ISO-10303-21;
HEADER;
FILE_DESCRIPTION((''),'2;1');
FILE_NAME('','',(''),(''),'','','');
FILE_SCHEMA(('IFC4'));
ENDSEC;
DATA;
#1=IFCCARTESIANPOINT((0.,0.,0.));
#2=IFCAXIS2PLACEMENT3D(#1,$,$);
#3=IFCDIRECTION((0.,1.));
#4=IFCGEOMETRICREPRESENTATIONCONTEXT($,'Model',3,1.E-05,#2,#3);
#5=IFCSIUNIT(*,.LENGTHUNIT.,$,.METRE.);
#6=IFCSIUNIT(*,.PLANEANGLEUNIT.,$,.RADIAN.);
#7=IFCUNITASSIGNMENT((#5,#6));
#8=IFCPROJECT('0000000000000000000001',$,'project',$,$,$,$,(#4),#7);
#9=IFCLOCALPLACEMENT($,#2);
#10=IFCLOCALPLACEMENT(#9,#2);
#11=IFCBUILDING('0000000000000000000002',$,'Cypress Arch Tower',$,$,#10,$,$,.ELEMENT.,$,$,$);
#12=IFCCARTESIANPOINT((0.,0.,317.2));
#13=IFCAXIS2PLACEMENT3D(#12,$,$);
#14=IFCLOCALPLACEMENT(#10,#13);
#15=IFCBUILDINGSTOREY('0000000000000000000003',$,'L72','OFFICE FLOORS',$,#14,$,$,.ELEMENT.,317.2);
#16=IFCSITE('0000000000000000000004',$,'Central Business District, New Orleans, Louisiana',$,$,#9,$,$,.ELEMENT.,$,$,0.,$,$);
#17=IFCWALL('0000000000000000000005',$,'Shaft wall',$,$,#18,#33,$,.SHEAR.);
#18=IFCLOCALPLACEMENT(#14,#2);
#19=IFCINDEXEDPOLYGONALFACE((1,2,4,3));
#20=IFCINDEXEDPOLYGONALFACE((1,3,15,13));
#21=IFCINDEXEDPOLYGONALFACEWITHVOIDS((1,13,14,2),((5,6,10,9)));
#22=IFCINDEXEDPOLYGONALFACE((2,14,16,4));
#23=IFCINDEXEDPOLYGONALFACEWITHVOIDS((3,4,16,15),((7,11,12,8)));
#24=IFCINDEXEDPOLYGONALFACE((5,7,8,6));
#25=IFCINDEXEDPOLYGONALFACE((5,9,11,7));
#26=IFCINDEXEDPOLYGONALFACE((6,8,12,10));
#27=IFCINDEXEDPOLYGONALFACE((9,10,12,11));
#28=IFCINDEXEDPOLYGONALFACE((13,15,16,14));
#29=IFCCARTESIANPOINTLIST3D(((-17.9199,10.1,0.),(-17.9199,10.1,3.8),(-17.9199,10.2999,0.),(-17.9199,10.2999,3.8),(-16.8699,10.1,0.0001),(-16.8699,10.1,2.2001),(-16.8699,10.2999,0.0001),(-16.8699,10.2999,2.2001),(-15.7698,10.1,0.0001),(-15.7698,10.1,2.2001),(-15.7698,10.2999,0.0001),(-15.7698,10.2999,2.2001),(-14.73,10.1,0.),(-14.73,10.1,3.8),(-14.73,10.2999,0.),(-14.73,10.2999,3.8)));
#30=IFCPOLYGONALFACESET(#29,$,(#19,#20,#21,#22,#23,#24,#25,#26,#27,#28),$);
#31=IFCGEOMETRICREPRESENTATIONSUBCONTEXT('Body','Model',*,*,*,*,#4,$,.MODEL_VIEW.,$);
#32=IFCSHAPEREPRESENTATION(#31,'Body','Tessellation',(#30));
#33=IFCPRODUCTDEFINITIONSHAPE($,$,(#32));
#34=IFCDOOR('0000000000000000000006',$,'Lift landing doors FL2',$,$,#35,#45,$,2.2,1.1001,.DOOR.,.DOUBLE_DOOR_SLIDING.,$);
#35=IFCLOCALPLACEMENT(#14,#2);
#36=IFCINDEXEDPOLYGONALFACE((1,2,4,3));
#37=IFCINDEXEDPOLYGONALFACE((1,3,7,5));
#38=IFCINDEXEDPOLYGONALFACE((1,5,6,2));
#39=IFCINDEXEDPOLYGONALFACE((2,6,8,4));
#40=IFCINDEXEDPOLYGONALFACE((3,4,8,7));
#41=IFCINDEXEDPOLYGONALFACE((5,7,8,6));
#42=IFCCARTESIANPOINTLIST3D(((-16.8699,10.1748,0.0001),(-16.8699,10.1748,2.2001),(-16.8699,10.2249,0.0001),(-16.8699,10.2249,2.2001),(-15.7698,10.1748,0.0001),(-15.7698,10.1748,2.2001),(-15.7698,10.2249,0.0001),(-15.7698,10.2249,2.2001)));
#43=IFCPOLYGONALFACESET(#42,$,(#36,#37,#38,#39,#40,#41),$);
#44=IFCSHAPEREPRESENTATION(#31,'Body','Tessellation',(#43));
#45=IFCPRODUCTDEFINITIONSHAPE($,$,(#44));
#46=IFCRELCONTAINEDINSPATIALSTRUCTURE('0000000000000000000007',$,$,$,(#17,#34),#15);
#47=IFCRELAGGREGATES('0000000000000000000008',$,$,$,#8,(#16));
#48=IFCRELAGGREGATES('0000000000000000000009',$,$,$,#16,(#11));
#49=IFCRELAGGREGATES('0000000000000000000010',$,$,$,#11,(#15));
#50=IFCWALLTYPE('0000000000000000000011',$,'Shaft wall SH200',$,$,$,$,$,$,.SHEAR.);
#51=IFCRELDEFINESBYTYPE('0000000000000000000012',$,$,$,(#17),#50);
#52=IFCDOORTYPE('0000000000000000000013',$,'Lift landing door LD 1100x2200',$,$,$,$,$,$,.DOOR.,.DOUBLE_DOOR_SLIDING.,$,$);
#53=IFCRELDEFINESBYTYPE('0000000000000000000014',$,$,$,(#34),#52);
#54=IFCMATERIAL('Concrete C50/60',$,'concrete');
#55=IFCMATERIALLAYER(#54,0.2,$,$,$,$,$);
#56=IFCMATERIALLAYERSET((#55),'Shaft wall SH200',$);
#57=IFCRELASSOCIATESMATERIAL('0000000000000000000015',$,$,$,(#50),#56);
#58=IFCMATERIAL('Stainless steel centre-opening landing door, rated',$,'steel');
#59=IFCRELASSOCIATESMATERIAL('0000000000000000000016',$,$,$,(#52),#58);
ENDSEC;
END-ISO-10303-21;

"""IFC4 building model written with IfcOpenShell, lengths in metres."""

from ifc_helpers import new_model, si_unit, direction, frame, frame_2d, origin, place, context, subcontext, project, spatial, rectangle, extrude, material, layer, layer_set, type_object, element, fill, save


model = new_model("IFC4")

# Units and contexts
model_context = context("Model", 3, precision=1e-05, world=origin(), true_north=direction((0.0, 1.0)))
body_context = subcontext(model_context, "Body", "Model", "MODEL_VIEW")
ifc_project = project(units=[si_unit("LENGTHUNIT", "METRE"), si_unit("PLANEANGLEUNIT", "RADIAN")], contexts=[model_context])

# Site, building, storey
site_placement = place(None, origin())
site = spatial("IfcSite", under=ifc_project, at=site_placement, Name="Central Business District, New Orleans, Louisiana", CompositionType="ELEMENT", RefElevation=0.0)
building_placement = place(site_placement, origin())
building = spatial("IfcBuilding", under=site, at=building_placement, Name="Cypress Arch Tower", CompositionType="ELEMENT")
storey_placement = place(building_placement, frame((0.0, 0.0, 317.2)))
storey = spatial("IfcBuildingStorey", under=building, at=storey_placement, Name="L72", Description="OFFICE FLOORS", CompositionType="ELEMENT", Elevation=317.2)

# Wall, opening, door
ifc_material_1 = material(Name="Concrete C50/60", Category="concrete")
ifc_layer_1 = layer(ifc_material_1, 0.2)
ifc_layer_set_1 = layer_set([ifc_layer_1], Name="Shaft wall SH200")
wall_type_1 = type_object("IfcWallType", Name="Shaft wall SH200", PredefinedType="SHEAR", material=ifc_layer_set_1)
wall_1_placement = place(storey_placement, frame((-17.9199, 10.2, 0.0), z_axis=(0.0, 0.0, 1.0), x_axis=(1.0, 0.0, 0.0)))
wall_1 = element("IfcWall", 1, at=wall_1_placement, inside=storey, type_object=wall_type_1, Name="Shaft wall", PredefinedType="SHEAR", context=body_context, shape_type="SweptSolid", body=[
    extrude(rectangle(XDim=3.1899, YDim=0.2, at=frame_2d((1.595, 0.0))), origin(), (0.0, 0.0, 1.0), 3.8),
])
opening_1_placement = place(wall_1_placement, frame((1.05, 0.0, 0.0)))
opening_1 = element("IfcOpeningElement", 2, at=opening_1_placement, cuts=wall_1, PredefinedType="OPENING", context=body_context, shape_type="SweptSolid", body=[
    extrude(rectangle(XDim=1.1001, YDim=2.2, at=frame_2d((0.55, 1.1001))), frame((0.0, 0.1099, 0.0), z_axis=(0.0, -1.0, 0.0), x_axis=(1.0, 0.0, 0.0)), (0.0, 0.0, 1.0), 0.22),
])
ifc_material_2 = material(Name="Stainless steel centre-opening landing door, rated", Category="steel")
door_type = type_object("IfcDoorType", Name="Lift landing door LD 1100x2200", OperationType="DOUBLE_DOOR_SLIDING", PredefinedType="DOOR", material=ifc_material_2)
door_placement = place(opening_1_placement, origin())
door = element("IfcDoor", 3, at=door_placement, inside=storey, type_object=door_type, Name="Lift landing doors FL2", OperationType="DOUBLE_DOOR_SLIDING", OverallHeight=2.2, OverallWidth=1.1001, PredefinedType="DOOR", context=body_context, shape_type="SweptSolid", body=[
    extrude(rectangle(XDim=1.1001, YDim=2.2, at=frame_2d((0.55, 1.1001))), frame((0.0, 0.0249, 0.0), z_axis=(0.0, -1.0, 0.0), x_axis=(1.0, 0.0, 0.0)), (0.0, 0.0, 1.0), 0.05),
])
fill(opening_1, door)

save(model, "model.ifc")
